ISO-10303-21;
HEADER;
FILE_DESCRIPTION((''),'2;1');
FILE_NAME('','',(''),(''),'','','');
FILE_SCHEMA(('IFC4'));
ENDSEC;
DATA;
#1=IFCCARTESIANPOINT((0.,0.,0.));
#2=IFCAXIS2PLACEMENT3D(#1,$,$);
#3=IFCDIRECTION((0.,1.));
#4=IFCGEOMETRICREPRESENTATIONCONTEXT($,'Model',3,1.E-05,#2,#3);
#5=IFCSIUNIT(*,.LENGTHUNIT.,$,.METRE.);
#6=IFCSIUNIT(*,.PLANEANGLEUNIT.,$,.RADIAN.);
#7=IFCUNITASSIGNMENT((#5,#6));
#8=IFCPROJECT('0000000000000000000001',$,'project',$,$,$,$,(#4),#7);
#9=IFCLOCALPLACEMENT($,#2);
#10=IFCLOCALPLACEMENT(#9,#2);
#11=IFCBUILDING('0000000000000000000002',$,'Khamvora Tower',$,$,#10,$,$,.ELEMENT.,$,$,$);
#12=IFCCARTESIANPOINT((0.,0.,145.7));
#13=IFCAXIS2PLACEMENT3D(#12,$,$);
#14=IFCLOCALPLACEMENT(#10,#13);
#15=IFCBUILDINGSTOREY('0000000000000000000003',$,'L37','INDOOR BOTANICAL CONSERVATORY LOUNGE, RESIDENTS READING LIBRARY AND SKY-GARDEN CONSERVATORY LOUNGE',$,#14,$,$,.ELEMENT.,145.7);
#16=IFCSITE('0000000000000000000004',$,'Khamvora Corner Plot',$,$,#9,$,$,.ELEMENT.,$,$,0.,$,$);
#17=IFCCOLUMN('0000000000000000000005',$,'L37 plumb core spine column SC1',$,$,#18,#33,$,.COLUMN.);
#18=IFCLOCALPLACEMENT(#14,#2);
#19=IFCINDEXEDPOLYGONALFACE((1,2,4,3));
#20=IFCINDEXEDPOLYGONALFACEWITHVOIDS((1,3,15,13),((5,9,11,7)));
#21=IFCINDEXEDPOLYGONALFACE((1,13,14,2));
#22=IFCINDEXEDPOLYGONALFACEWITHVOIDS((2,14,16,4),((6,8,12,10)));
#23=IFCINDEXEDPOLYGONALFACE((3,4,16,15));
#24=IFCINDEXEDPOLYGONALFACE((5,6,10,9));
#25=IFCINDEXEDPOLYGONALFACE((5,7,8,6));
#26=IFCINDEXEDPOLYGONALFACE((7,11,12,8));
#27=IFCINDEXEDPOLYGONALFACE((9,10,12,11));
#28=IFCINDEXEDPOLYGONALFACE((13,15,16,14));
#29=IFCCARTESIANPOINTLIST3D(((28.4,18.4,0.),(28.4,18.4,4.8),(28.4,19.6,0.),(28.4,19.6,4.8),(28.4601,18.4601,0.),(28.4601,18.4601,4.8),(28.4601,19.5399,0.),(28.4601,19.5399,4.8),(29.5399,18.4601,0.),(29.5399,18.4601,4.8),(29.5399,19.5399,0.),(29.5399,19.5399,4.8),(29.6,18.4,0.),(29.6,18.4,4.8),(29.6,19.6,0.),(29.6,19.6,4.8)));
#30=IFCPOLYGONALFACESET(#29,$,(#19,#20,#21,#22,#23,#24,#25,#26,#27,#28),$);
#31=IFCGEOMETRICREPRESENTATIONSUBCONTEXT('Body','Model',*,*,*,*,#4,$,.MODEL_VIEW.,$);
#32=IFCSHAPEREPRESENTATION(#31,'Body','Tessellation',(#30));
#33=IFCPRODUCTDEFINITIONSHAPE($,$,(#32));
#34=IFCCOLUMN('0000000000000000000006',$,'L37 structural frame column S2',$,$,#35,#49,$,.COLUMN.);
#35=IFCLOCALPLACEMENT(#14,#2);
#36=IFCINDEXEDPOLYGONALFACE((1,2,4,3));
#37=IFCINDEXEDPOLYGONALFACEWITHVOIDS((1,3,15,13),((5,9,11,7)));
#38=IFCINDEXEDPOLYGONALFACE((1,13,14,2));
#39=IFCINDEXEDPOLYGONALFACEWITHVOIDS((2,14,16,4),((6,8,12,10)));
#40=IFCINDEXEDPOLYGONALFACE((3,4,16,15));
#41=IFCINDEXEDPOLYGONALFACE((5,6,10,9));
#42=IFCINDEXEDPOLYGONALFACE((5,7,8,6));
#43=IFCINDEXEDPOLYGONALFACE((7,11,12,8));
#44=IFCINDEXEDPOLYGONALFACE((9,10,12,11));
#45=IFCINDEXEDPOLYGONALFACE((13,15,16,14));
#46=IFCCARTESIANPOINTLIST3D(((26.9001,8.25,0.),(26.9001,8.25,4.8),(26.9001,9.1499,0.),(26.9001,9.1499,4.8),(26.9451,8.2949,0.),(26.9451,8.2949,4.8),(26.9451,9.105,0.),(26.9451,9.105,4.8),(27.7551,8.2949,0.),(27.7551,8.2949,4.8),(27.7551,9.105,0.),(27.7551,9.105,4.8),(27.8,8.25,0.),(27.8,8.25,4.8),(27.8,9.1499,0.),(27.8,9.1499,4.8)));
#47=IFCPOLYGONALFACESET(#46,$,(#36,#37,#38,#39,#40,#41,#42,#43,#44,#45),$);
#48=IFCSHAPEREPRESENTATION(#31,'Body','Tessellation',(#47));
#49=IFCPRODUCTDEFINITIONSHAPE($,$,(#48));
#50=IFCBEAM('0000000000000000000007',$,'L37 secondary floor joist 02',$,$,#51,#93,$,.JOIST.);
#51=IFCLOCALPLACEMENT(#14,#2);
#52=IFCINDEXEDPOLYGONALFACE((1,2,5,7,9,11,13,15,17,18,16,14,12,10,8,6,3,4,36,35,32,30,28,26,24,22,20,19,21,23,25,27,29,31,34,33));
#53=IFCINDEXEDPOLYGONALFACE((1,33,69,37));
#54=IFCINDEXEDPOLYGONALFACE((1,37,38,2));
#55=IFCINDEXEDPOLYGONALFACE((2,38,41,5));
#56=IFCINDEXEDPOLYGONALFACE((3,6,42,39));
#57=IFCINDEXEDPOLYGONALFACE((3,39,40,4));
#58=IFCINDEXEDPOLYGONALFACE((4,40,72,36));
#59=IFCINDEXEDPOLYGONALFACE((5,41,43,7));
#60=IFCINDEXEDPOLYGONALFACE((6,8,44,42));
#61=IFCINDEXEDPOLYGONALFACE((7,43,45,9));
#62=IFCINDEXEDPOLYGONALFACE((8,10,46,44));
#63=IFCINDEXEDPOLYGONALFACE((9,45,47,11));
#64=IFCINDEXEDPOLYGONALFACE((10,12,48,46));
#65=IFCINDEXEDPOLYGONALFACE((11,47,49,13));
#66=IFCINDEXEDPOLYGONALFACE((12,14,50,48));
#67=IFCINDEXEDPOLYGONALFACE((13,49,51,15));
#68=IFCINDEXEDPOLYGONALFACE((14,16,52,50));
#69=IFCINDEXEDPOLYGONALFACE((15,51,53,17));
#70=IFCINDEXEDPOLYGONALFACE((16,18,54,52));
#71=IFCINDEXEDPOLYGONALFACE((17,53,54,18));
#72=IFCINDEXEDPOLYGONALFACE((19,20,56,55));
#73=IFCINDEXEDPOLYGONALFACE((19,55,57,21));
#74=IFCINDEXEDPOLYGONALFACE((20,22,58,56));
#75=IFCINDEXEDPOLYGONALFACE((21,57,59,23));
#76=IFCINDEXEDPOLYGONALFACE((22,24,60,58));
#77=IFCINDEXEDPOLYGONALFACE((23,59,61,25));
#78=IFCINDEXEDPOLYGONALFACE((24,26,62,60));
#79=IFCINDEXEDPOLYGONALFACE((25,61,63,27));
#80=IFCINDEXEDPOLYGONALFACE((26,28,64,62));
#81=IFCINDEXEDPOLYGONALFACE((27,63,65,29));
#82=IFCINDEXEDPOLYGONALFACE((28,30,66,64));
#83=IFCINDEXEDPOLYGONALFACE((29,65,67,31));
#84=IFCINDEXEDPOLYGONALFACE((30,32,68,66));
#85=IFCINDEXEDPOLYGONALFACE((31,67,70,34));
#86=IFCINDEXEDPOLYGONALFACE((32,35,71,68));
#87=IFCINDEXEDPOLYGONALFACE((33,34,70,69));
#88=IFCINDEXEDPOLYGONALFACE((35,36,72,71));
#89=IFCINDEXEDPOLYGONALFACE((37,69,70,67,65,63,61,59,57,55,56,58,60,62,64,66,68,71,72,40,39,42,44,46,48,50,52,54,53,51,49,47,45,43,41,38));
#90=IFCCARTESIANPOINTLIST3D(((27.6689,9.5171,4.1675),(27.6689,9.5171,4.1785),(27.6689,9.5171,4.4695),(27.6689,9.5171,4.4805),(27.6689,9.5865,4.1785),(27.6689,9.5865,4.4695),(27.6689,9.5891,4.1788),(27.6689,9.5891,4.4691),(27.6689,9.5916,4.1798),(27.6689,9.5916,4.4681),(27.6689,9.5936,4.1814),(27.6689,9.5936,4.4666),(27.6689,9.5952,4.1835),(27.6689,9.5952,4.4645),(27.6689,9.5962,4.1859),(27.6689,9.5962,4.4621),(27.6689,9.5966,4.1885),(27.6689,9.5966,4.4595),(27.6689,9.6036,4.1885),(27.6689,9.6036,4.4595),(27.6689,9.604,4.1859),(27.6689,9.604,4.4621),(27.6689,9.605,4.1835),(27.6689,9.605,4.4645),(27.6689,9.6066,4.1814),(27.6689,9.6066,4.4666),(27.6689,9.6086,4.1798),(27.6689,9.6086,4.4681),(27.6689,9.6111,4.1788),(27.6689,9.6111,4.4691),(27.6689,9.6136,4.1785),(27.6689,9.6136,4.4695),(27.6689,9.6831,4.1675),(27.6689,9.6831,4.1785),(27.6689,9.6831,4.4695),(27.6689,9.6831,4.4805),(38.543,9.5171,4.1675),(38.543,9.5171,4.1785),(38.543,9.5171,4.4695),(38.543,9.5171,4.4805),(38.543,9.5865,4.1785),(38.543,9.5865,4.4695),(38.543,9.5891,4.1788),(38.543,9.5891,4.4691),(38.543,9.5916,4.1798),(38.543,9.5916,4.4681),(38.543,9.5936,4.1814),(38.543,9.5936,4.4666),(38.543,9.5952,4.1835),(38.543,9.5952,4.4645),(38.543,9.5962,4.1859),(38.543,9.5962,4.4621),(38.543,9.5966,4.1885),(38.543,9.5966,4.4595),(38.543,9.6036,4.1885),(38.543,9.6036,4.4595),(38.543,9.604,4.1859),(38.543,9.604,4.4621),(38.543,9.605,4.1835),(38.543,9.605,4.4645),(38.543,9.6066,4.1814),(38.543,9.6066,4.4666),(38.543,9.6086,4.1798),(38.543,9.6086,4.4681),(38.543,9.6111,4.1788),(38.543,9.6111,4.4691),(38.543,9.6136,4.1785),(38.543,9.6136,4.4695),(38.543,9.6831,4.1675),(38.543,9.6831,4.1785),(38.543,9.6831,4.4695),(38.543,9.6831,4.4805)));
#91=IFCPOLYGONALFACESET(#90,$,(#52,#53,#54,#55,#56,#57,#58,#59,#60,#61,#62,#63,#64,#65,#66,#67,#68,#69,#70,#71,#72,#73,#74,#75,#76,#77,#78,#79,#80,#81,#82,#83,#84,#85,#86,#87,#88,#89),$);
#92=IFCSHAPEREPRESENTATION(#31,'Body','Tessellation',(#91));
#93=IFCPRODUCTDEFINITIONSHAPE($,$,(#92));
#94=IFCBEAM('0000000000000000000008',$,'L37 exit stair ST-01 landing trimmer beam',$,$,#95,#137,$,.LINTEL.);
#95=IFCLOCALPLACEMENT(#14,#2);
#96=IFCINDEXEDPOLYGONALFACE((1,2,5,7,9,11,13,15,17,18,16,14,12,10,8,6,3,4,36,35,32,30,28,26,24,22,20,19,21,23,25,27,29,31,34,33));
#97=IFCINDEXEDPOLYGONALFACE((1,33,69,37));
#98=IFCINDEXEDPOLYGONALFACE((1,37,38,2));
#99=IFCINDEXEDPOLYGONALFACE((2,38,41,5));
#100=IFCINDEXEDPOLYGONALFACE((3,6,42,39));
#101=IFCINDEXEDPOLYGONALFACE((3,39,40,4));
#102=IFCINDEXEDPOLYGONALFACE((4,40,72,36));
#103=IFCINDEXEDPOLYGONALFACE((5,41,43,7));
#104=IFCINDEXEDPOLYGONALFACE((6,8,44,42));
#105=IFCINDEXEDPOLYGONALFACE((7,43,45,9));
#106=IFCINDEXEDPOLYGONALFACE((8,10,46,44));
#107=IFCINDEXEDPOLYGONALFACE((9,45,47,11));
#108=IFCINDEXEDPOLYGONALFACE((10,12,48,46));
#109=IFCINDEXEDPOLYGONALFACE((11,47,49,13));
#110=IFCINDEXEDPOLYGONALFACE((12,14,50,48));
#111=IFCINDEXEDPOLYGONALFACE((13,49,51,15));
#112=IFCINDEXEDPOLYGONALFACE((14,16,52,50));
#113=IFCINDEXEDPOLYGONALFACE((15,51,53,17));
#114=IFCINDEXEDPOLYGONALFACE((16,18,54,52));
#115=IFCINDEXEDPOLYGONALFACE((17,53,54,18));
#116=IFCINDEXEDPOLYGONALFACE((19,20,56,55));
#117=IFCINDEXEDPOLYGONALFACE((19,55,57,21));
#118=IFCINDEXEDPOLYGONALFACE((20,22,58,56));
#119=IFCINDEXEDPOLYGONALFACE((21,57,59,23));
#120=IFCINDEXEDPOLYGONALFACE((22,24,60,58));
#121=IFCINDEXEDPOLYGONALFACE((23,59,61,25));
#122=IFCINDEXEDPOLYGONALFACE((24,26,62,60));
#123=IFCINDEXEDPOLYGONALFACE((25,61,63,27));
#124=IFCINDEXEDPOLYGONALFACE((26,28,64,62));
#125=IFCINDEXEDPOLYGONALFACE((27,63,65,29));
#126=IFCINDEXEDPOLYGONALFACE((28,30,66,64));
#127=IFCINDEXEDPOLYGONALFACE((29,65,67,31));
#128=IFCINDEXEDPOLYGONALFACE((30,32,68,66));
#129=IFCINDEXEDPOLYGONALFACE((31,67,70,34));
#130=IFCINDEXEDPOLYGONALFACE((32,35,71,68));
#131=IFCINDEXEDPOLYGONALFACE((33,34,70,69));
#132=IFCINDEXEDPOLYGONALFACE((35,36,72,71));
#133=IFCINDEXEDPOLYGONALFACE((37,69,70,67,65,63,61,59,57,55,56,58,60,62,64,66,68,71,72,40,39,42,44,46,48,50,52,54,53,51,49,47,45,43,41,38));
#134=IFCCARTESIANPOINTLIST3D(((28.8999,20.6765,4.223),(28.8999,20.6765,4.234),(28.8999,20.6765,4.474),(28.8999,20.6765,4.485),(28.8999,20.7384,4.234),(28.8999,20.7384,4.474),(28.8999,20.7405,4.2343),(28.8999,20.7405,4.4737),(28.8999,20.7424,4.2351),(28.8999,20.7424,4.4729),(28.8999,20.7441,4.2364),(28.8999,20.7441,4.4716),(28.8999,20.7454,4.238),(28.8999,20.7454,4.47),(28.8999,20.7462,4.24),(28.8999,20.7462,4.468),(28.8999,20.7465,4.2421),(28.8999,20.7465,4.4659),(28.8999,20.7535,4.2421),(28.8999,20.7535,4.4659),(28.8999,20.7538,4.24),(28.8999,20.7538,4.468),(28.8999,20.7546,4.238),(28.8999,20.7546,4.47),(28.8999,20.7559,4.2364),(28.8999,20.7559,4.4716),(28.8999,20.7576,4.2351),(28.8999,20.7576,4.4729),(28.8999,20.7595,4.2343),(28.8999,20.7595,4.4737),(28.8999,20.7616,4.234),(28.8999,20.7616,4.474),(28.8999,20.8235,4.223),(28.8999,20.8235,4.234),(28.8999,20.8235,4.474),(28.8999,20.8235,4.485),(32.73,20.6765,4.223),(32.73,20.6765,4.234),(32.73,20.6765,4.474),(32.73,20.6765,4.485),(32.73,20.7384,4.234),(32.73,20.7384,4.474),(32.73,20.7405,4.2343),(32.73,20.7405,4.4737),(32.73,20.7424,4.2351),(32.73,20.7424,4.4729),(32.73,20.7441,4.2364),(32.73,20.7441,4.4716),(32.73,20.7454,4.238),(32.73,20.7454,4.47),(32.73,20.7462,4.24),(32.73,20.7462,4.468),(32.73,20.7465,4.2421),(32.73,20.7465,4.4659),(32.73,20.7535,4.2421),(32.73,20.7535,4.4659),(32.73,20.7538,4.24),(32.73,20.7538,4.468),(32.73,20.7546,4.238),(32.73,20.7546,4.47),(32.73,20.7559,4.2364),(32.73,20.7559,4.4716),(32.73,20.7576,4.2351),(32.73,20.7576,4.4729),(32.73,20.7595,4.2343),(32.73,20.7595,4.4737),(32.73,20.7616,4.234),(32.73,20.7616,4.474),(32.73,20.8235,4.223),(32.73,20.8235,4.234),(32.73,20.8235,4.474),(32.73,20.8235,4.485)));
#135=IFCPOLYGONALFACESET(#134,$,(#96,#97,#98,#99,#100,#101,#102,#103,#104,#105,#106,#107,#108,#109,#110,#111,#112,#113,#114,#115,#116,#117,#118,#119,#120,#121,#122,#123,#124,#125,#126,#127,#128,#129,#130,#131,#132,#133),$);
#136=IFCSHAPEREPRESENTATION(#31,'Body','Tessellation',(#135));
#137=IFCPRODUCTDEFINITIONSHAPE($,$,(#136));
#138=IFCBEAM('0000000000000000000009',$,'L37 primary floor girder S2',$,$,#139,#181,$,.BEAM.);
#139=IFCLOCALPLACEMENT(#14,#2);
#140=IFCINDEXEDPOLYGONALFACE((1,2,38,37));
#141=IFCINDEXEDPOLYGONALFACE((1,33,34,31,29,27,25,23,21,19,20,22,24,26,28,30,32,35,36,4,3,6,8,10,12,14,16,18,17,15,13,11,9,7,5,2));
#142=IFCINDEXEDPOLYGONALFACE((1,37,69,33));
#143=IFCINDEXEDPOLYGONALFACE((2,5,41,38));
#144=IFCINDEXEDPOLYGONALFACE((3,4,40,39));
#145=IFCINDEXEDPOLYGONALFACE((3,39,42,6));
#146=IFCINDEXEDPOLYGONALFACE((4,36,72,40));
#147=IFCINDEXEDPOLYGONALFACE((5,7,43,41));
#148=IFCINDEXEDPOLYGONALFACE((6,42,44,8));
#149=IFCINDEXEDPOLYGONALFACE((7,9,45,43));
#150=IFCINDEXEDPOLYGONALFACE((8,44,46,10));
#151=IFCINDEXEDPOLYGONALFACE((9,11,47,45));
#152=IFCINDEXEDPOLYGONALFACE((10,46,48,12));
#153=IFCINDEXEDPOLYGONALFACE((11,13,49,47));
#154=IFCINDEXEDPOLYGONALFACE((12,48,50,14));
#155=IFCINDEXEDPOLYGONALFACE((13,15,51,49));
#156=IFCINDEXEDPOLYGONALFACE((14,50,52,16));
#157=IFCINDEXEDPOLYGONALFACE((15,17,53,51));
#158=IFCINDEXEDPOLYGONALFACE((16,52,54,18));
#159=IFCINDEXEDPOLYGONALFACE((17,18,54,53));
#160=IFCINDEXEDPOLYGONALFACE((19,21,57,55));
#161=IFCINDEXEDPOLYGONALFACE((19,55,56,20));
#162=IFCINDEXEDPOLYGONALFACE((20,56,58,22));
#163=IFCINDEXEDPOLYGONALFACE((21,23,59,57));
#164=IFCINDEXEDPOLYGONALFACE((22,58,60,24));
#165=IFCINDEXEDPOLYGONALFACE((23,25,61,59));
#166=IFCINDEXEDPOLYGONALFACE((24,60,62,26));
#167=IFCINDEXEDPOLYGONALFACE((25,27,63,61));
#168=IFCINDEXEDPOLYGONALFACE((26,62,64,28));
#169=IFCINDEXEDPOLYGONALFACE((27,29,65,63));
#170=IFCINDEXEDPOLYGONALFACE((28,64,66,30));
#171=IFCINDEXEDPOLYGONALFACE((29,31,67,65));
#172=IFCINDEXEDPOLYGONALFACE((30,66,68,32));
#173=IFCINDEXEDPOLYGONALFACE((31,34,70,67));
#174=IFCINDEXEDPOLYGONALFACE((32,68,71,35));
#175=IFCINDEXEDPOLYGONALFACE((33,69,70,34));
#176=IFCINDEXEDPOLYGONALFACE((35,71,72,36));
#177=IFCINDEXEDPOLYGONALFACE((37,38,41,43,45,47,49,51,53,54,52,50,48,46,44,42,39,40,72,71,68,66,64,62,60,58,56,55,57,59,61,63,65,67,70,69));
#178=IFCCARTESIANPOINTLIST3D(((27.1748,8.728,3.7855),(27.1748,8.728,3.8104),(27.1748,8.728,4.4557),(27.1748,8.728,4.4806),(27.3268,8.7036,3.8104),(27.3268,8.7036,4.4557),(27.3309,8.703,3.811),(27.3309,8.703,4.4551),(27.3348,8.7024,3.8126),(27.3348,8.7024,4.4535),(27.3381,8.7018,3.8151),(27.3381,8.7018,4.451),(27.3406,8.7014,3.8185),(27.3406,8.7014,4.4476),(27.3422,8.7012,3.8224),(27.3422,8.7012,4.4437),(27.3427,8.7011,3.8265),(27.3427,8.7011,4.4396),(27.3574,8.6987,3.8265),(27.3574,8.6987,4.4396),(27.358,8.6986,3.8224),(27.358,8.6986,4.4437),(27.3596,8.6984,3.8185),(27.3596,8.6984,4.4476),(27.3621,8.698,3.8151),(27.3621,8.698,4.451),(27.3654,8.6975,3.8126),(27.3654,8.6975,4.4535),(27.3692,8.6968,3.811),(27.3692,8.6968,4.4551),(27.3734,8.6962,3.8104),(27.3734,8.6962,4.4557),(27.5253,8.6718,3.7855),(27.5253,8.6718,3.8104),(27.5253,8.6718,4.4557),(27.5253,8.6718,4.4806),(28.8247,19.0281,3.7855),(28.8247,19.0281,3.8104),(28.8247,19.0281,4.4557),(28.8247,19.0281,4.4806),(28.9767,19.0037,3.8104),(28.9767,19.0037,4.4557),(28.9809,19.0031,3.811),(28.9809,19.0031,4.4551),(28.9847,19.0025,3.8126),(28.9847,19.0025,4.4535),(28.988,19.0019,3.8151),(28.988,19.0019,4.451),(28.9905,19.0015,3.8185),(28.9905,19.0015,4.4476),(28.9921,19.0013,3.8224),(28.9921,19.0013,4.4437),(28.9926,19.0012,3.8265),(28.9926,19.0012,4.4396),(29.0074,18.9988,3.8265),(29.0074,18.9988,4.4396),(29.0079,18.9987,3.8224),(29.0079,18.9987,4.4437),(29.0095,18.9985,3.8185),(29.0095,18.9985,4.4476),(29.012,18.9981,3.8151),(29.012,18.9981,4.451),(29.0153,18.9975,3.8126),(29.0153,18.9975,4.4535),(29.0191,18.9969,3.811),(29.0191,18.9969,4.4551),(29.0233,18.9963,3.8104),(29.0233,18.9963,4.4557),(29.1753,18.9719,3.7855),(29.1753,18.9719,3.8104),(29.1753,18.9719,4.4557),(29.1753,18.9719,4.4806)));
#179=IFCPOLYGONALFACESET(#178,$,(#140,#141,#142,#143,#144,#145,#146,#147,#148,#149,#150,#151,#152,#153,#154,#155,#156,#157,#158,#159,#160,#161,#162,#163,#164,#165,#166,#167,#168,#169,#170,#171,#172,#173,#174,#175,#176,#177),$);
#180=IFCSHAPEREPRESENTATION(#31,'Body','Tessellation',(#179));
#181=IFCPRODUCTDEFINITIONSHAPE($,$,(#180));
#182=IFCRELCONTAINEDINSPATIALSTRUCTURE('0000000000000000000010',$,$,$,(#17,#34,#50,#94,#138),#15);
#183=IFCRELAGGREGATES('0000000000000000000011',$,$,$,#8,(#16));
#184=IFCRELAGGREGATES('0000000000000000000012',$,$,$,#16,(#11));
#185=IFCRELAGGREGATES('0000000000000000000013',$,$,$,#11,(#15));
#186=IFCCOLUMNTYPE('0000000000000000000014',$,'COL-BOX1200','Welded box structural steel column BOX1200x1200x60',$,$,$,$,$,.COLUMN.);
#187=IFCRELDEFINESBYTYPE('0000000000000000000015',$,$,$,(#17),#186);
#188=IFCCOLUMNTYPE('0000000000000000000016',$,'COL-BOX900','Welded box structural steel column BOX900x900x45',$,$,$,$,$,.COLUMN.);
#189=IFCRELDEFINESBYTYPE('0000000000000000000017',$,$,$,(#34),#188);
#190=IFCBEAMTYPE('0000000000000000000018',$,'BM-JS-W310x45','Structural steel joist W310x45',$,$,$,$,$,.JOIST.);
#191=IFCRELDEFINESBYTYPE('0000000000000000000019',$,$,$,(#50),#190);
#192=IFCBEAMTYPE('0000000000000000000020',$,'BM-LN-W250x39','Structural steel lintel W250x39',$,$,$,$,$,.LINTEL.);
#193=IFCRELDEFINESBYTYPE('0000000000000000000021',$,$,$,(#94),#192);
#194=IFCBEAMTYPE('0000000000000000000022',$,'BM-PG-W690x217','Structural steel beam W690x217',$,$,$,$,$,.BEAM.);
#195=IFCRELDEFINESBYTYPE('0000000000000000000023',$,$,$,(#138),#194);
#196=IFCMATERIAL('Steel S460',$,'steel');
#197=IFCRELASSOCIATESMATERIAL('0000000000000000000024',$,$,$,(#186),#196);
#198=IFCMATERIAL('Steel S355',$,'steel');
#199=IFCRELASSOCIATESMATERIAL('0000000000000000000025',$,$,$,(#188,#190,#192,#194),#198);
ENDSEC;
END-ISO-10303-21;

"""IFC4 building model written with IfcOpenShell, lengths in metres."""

from ifc_helpers import new_model, si_unit, direction, frame, origin, origin_2d, place, context, subcontext, project, spatial, hollow_rectangle, i_section, extrude, material, material_profile, profile_set, type_object, element, save


model = new_model("IFC4")

# Units and contexts
model_context = context("Model", 3, precision=1e-05, world=origin(), true_north=direction((0.0, 1.0)))
body_context = subcontext(model_context, "Body", "Model", "MODEL_VIEW")
ifc_project = project(units=[si_unit("LENGTHUNIT", "METRE"), si_unit("PLANEANGLEUNIT", "RADIAN")], contexts=[model_context])

# Site, building, storey
site_placement = place(None, origin())
site = spatial("IfcSite", under=ifc_project, at=site_placement, Name="Khamvora Corner Plot", CompositionType="ELEMENT", RefElevation=0.0)
building_placement = place(site_placement, origin())
building = spatial("IfcBuilding", under=site, at=building_placement, Name="Khamvora Tower", CompositionType="ELEMENT")
storey_placement = place(building_placement, frame((0.0, 0.0, 145.7)))
storey = spatial("IfcBuildingStorey", under=building, at=storey_placement, Name="L37", Description="INDOOR BOTANICAL CONSERVATORY LOUNGE, RESIDENTS READING LIBRARY AND SKY-GARDEN CONSERVATORY LOUNGE", CompositionType="ELEMENT", Elevation=145.7)

# Columns
ifc_material_1 = material(Name="Steel S460", Category="steel")
ifc_material_profile_1 = material_profile(ifc_material_1, hollow_rectangle(XDim=1.2, YDim=1.2, WallThickness=0.0601, at=origin_2d()), Name="BOX1200x1200x60")
ifc_profile_set_1 = profile_set([ifc_material_profile_1], Name="Steel S460")
column_type_1 = type_object("IfcColumnType", Name="COL-BOX1200", Description="Welded box structural steel column BOX1200x1200x60", PredefinedType="COLUMN", material=ifc_profile_set_1)
column_1_placement = place(storey_placement, frame((29.0, 19.0, 0.0), z_axis=(0.0, 0.0, 1.0), x_axis=(1.0, 0.0, 0.0)))
element("IfcColumn", 1, at=column_1_placement, inside=storey, type_object=column_type_1, Name="L37 plumb core spine column SC1", PredefinedType="COLUMN", context=body_context, shape_type="SweptSolid", body=[
    extrude(hollow_rectangle(XDim=1.2, YDim=1.2, WallThickness=0.0601, at=origin_2d()), origin(), (0.0, 0.0, 1.0), 4.8),
])
ifc_material_2 = material(Name="Steel S355", Category="steel")
ifc_material_profile_2 = material_profile(ifc_material_2, hollow_rectangle(XDim=0.8999, YDim=0.8999, WallThickness=0.0449, at=origin_2d()), Name="BOX900x900x45")
ifc_profile_set_2 = profile_set([ifc_material_profile_2], Name="Steel S355")
column_type_2 = type_object("IfcColumnType", Name="COL-BOX900", Description="Welded box structural steel column BOX900x900x45", PredefinedType="COLUMN", material=ifc_profile_set_2)
column_2_placement = place(storey_placement, frame((27.3501, 8.7, 0.0), z_axis=(0.0, 0.0, 1.0), x_axis=(1.0, 0.0, 0.0)))
element("IfcColumn", 2, at=column_2_placement, inside=storey, type_object=column_type_2, Name="L37 structural frame column S2", PredefinedType="COLUMN", context=body_context, shape_type="SweptSolid", body=[
    extrude(hollow_rectangle(XDim=0.8999, YDim=0.8999, WallThickness=0.0449, at=origin_2d()), origin(), (0.0, 0.0, 1.0), 4.8),
])

# Beams
ifc_material_profile_3 = material_profile(ifc_material_2, i_section(OverallWidth=0.166, OverallDepth=0.313, WebThickness=0.0071, FlangeThickness=0.011, FilletRadius=0.01, at=origin_2d()), Name="W310x45")
ifc_profile_set_3 = profile_set([ifc_material_profile_3], Name="Steel S355")
beam_type_1 = type_object("IfcBeamType", Name="BM-JS-W310x45", Description="Structural steel joist W310x45", PredefinedType="JOIST", material=ifc_profile_set_3)
beam_1_placement = place(storey_placement, frame((27.6689, 9.6001, 4.324), z_axis=(1.0, 0.0, 0.0), x_axis=(0.0, 1.0, 0.0)))
element("IfcBeam", 3, at=beam_1_placement, inside=storey, type_object=beam_type_1, Name="L37 secondary floor joist 02", PredefinedType="JOIST", context=body_context, shape_type="SweptSolid", body=[
    extrude(i_section(OverallWidth=0.166, OverallDepth=0.313, WebThickness=0.0071, FlangeThickness=0.011, FilletRadius=0.01, at=origin_2d()), origin(), (0.0, 0.0, 1.0), 10.874),
])
ifc_material_profile_4 = material_profile(ifc_material_2, i_section(OverallWidth=0.147, OverallDepth=0.262, WebThickness=0.0071, FlangeThickness=0.011, FilletRadius=0.0081, at=origin_2d()), Name="W250x39")
ifc_profile_set_4 = profile_set([ifc_material_profile_4], Name="Steel S355")
beam_type_2 = type_object("IfcBeamType", Name="BM-LN-W250x39", Description="Structural steel lintel W250x39", PredefinedType="LINTEL", material=ifc_profile_set_4)
beam_2_placement = place(storey_placement, frame((28.8999, 20.75, 4.354), z_axis=(1.0, 0.0, 0.0), x_axis=(0.0, 1.0, 0.0)))
element("IfcBeam", 4, at=beam_2_placement, inside=storey, type_object=beam_type_2, Name="L37 exit stair ST-01 landing trimmer beam", PredefinedType="LINTEL", context=body_context, shape_type="SweptSolid", body=[
    extrude(i_section(OverallWidth=0.147, OverallDepth=0.262, WebThickness=0.0071, FlangeThickness=0.011, FilletRadius=0.0081, at=origin_2d()), origin(), (0.0, 0.0, 1.0), 3.8301),
])
ifc_material_profile_5 = material_profile(ifc_material_2, i_section(OverallWidth=0.355, OverallDepth=0.6951, WebThickness=0.0149, FlangeThickness=0.0249, FilletRadius=0.0161, at=origin_2d()), Name="W690x217")
ifc_profile_set_5 = profile_set([ifc_material_profile_5], Name="Steel S355")
beam_type_3 = type_object("IfcBeamType", Name="BM-PG-W690x217", Description="Structural steel beam W690x217", PredefinedType="BEAM", material=ifc_profile_set_5)
beam_3_placement = place(storey_placement, frame((29.0, 19.0, 4.1331), z_axis=(-0.158168, -0.987412, 0.0), x_axis=(0.987412, -0.158168, 0.0)))
element("IfcBeam", 5, at=beam_3_placement, inside=storey, type_object=beam_type_3, Name="L37 primary floor girder S2", PredefinedType="BEAM", context=body_context, shape_type="SweptSolid", body=[
    extrude(i_section(OverallWidth=0.355, OverallDepth=0.6951, WebThickness=0.0149, FlangeThickness=0.0249, FilletRadius=0.0161, at=origin_2d()), origin(), (0.0, 0.0, 1.0), 10.4314),
])

save(model, "model.ifc")
